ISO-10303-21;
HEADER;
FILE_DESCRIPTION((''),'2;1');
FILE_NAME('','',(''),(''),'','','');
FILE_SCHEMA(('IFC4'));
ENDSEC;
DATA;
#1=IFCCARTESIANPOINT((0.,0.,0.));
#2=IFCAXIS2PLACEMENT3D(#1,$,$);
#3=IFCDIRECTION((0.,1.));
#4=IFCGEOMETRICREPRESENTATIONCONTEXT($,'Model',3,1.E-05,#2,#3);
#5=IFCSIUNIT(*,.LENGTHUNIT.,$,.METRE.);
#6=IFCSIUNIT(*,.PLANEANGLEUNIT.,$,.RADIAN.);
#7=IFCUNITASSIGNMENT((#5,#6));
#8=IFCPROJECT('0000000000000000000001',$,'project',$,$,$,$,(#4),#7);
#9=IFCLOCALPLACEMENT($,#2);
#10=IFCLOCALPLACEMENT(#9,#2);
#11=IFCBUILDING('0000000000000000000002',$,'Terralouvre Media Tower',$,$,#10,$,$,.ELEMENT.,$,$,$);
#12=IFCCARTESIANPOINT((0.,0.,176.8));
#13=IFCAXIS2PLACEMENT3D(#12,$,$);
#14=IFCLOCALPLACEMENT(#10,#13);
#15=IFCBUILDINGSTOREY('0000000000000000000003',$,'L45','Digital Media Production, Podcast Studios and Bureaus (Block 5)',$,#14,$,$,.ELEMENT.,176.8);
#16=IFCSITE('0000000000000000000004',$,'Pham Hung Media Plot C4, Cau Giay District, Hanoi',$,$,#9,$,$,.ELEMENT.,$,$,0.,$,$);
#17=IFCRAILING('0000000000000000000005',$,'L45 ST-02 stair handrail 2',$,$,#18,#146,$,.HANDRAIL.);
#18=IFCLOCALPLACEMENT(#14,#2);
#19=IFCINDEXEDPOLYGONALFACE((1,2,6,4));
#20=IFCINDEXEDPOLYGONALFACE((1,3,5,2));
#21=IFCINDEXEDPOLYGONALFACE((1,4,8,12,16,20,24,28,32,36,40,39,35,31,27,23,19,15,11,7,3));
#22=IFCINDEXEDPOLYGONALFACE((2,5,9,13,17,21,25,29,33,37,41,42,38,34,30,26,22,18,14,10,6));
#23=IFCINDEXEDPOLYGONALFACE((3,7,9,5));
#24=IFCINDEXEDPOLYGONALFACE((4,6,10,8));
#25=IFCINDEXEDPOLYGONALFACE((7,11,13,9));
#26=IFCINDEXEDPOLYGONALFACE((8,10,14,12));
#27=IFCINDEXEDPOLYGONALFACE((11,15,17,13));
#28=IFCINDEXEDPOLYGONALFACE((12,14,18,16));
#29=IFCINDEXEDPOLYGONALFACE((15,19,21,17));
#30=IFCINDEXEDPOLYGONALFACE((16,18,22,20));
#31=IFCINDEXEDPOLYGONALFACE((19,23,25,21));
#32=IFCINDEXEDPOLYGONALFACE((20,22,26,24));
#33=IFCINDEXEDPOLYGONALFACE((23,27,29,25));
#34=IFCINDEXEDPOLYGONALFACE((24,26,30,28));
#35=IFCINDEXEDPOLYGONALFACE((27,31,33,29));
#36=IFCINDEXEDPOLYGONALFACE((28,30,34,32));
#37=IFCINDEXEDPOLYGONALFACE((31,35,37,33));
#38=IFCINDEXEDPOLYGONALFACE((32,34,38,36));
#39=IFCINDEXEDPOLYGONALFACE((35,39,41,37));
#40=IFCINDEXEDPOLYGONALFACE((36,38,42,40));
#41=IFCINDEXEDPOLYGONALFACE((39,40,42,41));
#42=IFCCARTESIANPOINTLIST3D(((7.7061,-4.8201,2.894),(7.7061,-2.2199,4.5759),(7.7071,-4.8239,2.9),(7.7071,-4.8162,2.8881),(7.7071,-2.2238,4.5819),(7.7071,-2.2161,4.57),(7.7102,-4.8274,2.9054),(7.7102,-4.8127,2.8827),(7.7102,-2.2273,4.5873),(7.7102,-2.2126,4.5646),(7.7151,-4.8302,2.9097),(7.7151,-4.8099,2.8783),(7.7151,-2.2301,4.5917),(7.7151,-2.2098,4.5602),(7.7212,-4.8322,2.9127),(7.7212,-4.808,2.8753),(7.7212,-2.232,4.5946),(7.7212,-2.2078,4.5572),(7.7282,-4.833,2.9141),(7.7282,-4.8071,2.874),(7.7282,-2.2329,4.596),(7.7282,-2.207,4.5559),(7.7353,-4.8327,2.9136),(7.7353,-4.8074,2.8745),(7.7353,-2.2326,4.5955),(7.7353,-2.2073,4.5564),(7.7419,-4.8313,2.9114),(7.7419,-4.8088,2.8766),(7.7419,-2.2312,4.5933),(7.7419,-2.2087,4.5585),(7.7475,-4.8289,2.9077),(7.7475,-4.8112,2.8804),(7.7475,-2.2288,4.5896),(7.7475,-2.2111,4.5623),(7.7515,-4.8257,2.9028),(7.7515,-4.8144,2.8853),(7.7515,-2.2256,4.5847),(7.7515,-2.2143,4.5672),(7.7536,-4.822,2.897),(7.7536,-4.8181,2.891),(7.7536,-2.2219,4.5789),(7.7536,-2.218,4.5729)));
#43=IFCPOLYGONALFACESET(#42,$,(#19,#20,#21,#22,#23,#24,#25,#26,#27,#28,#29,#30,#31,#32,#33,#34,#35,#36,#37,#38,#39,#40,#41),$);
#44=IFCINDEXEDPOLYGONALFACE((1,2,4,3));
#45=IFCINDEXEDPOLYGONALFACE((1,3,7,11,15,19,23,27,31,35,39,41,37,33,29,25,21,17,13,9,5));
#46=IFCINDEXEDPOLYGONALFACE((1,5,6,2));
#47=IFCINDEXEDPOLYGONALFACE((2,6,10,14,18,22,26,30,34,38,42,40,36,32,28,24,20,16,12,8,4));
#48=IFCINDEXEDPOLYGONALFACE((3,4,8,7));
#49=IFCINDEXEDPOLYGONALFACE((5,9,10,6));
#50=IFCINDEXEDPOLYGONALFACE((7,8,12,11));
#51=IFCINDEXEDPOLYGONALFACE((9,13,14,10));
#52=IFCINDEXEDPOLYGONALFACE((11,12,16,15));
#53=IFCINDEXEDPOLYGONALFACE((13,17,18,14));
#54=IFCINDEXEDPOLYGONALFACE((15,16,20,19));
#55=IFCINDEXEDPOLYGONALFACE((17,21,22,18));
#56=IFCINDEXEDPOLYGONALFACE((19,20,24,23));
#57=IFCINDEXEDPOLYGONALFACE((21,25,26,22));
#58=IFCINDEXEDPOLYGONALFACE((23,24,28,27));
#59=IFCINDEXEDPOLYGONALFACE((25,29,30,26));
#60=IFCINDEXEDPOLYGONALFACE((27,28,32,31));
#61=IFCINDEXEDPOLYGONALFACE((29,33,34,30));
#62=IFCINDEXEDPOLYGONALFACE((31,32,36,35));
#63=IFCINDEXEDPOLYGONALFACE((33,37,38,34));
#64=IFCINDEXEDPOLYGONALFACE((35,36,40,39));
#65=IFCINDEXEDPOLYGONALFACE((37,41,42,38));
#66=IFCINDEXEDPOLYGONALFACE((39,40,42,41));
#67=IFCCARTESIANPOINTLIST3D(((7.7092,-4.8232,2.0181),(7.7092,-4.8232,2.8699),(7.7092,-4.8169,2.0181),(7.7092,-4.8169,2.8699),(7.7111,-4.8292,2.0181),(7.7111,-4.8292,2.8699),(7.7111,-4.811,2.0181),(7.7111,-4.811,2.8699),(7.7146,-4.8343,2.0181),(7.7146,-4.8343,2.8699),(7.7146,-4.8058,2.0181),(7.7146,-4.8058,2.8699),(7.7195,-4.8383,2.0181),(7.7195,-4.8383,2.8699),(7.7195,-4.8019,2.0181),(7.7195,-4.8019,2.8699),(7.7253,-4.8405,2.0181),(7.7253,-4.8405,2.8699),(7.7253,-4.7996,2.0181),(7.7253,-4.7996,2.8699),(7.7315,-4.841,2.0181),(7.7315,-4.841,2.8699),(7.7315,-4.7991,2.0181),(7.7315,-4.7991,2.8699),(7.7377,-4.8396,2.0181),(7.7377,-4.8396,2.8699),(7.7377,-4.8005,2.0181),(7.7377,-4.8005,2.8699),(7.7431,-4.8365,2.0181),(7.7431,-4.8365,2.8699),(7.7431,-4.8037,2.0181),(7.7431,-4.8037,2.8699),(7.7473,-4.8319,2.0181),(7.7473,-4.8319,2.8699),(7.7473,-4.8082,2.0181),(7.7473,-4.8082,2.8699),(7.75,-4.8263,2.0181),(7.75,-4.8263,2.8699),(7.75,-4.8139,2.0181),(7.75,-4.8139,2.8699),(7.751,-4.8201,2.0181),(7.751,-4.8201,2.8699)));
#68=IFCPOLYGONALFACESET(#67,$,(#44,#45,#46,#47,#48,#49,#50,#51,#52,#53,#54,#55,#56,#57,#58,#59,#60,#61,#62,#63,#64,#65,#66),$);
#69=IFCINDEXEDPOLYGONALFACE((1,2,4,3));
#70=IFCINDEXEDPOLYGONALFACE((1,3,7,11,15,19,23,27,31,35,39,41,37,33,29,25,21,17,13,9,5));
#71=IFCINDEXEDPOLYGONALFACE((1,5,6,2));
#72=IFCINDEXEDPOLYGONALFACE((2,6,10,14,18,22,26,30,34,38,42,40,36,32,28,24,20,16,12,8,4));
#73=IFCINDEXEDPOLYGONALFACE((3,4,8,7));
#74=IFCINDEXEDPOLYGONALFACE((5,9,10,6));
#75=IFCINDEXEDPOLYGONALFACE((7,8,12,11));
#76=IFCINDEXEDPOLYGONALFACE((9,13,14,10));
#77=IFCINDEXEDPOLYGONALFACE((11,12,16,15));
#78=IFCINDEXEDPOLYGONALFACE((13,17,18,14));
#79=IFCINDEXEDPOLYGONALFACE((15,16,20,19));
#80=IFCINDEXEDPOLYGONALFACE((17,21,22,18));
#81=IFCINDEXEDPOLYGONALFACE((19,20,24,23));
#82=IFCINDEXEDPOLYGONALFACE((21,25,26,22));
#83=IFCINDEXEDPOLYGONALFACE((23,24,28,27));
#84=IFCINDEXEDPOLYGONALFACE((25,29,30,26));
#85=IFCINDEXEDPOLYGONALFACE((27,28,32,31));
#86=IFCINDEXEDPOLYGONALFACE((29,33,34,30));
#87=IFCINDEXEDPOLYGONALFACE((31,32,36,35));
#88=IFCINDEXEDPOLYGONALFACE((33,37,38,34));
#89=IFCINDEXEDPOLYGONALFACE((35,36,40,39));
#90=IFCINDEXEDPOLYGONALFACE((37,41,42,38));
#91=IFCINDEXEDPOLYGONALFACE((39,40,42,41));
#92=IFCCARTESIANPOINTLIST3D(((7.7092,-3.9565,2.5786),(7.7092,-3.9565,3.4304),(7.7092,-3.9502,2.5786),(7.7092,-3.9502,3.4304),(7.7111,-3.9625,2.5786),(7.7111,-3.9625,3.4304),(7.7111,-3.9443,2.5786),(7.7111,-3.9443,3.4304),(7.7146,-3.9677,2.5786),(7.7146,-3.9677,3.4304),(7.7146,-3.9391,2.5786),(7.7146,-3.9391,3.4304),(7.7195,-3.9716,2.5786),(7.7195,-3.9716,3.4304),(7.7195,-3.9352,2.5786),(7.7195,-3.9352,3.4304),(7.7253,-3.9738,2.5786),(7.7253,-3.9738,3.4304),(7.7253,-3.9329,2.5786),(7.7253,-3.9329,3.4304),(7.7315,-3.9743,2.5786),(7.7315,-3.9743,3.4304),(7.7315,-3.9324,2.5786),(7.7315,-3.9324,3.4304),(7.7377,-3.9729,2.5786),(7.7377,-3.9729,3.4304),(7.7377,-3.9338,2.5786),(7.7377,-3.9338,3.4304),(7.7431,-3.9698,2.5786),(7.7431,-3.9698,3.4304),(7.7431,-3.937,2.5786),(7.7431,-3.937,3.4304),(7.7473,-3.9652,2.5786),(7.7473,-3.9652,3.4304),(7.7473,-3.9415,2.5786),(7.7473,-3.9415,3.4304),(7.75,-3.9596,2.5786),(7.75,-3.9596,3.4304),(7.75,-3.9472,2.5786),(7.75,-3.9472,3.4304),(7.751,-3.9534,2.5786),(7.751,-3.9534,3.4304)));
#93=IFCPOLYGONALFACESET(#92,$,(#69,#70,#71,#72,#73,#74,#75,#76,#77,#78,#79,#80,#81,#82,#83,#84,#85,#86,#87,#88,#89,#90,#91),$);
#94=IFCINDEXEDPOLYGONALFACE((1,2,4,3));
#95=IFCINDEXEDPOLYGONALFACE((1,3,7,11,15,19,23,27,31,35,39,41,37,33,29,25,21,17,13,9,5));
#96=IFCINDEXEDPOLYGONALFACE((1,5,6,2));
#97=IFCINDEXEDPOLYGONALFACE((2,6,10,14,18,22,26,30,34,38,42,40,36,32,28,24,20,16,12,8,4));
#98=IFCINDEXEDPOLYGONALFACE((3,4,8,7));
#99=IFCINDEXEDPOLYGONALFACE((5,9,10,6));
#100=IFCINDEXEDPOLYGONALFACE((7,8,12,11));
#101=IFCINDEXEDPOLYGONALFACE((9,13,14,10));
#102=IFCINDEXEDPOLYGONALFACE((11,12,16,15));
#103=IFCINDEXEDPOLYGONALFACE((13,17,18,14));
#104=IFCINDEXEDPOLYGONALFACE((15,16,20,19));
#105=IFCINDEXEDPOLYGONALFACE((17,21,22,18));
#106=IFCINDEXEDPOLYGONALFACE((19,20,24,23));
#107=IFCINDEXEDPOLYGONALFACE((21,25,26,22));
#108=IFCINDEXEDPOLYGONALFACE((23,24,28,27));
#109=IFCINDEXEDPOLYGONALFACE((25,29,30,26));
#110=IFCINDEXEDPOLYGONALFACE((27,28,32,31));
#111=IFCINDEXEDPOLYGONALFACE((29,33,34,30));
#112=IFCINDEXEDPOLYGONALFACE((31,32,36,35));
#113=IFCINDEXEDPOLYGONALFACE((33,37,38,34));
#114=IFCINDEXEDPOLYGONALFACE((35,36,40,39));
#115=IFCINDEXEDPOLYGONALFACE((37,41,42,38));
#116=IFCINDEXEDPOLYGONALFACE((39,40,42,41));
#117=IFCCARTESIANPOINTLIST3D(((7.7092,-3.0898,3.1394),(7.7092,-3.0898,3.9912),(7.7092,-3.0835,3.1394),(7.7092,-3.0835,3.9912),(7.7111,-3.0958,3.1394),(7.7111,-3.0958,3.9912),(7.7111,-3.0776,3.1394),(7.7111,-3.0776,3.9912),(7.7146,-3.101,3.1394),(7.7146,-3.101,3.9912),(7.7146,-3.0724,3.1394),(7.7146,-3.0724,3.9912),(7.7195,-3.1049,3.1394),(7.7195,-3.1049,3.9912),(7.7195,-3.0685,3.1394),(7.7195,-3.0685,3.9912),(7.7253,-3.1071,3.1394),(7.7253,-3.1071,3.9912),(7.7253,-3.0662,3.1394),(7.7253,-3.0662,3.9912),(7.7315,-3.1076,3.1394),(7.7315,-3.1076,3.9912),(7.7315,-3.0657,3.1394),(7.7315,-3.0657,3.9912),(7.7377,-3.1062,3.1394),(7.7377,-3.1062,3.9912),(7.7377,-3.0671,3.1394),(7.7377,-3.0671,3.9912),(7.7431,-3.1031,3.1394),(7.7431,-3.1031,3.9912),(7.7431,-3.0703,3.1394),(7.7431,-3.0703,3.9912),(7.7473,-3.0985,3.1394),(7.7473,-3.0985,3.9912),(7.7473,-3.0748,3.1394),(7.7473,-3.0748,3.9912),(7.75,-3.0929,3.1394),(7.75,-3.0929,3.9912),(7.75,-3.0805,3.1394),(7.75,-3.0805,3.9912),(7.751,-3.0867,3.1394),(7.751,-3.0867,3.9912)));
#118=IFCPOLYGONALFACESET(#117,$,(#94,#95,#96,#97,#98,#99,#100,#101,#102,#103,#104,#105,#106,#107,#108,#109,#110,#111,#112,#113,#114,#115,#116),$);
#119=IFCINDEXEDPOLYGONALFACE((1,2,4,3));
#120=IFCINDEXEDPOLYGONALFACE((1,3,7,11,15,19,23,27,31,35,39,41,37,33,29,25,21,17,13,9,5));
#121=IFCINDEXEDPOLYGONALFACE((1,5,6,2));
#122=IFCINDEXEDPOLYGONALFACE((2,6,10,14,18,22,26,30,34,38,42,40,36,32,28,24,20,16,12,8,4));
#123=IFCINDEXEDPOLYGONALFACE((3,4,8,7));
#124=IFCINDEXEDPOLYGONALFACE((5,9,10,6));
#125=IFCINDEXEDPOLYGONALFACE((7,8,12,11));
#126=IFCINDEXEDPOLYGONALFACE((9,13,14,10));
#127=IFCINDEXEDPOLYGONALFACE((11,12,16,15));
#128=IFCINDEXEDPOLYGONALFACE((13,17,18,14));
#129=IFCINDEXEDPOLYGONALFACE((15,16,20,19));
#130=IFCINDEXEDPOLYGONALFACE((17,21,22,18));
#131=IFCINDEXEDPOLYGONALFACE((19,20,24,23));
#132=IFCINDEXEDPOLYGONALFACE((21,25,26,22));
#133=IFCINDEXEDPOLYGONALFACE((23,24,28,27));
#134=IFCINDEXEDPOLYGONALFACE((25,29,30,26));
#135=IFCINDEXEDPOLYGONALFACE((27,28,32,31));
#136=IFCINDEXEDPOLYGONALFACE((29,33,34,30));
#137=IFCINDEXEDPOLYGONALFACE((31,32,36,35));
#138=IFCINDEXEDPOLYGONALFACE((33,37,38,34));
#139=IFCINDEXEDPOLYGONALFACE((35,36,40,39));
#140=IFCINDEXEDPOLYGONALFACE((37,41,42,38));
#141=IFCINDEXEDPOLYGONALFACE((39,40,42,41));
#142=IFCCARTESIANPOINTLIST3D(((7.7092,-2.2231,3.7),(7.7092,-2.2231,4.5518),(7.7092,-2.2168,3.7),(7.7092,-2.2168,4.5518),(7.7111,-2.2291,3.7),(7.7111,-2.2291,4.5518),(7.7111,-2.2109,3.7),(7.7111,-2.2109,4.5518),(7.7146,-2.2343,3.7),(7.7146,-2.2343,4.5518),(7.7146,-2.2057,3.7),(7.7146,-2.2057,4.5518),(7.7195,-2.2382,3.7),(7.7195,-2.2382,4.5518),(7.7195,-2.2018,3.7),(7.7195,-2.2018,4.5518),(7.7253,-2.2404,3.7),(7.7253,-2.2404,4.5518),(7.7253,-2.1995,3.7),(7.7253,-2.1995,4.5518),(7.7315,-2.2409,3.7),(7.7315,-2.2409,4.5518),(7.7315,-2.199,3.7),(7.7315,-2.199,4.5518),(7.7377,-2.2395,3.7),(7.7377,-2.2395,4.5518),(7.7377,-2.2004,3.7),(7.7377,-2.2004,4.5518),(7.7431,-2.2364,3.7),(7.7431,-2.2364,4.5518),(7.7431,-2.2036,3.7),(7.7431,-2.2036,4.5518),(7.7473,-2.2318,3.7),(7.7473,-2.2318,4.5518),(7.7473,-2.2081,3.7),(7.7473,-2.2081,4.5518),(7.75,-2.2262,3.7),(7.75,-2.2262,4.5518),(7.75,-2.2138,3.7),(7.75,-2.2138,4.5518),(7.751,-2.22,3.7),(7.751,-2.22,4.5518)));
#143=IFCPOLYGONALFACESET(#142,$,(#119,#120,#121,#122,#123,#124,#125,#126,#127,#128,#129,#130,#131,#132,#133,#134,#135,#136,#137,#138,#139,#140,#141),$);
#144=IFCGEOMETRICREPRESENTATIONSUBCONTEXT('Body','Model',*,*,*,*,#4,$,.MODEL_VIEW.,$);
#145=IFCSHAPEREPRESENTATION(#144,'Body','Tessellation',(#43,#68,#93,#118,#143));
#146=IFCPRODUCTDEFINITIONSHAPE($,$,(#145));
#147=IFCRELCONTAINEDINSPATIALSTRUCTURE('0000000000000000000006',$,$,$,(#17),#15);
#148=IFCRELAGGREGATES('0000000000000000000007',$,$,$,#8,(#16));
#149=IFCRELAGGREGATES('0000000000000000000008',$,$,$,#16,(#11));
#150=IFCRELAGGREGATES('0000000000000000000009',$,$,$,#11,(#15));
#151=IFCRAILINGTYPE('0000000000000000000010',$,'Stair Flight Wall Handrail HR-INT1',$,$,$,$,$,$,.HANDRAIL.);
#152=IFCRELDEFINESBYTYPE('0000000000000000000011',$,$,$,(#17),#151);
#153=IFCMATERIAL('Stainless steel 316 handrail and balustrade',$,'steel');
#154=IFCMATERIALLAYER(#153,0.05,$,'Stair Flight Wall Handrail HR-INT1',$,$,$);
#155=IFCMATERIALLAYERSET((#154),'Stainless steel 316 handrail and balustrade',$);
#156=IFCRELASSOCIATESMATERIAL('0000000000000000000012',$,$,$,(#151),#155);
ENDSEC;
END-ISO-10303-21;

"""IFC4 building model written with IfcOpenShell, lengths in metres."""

from ifc_helpers import new_model, si_unit, direction, frame, origin, origin_2d, place, context, subcontext, project, spatial, circle, extrude, material, layer, layer_set, type_object, element, save


model = new_model("IFC4")

# Units and contexts
model_context = context("Model", 3, precision=1e-05, world=origin(), true_north=direction((0.0, 1.0)))
body_context = subcontext(model_context, "Body", "Model", "MODEL_VIEW")
ifc_project = project(units=[si_unit("LENGTHUNIT", "METRE"), si_unit("PLANEANGLEUNIT", "RADIAN")], contexts=[model_context])

# Site, building, storey
site_placement = place(None, origin())
site = spatial("IfcSite", under=ifc_project, at=site_placement, Name="Pham Hung Media Plot C4, Cau Giay District, Hanoi", CompositionType="ELEMENT", RefElevation=0.0)
building_placement = place(site_placement, origin())
building = spatial("IfcBuilding", under=site, at=building_placement, Name="Terralouvre Media Tower", CompositionType="ELEMENT")
storey_placement = place(building_placement, frame((0.0, 0.0, 176.8)))
storey = spatial("IfcBuildingStorey", under=building, at=storey_placement, Name="L45", Description="Digital Media Production, Podcast Studios and Bureaus (Block 5)", CompositionType="ELEMENT", Elevation=176.8)

# Railing
ifc_material_1 = material(Name="Stainless steel 316 handrail and balustrade", Category="steel")
ifc_layer_1 = layer(ifc_material_1, 0.05, Name="Stair Flight Wall Handrail HR-INT1")
ifc_layer_set_1 = layer_set([ifc_layer_1], Name="Stainless steel 316 handrail and balustrade")
railing_type_1 = type_object("IfcRailingType", Name="Stair Flight Wall Handrail HR-INT1", PredefinedType="HANDRAIL", material=ifc_layer_set_1)
railing_1_placement = place(storey_placement, frame((7.73, -4.8201, 2.0181)))
element("IfcRailing", 1, at=railing_1_placement, inside=storey, type_object=railing_type_1, Name="L45 ST-02 stair handrail 2", PredefinedType="HANDRAIL", context=body_context, shape_type="SweptSolid", body=[
    extrude(circle(Radius=0.0239, at=origin_2d()), frame((0.0, 0.0, 0.876), z_axis=(0.0, 0.839648, 0.54313), x_axis=(-1.0, 0.0, 0.0)), (0.0, 0.0, 1.0), 3.0967),
    extrude(circle(Radius=0.021, at=origin_2d()), origin(), (0.0, 0.0, 1.0), 0.8518),
    extrude(circle(Radius=0.021, at=origin_2d()), frame((0.0, 0.8667, 0.5605)), (0.0, 0.0, 1.0), 0.8518),
    extrude(circle(Radius=0.021, at=origin_2d()), frame((0.0, 1.7334, 1.1213)), (0.0, 0.0, 1.0), 0.8518),
    extrude(circle(Radius=0.021, at=origin_2d()), frame((0.0, 2.6001, 1.6819)), (0.0, 0.0, 1.0), 0.8518),
])

save(model, "model.ifc")
